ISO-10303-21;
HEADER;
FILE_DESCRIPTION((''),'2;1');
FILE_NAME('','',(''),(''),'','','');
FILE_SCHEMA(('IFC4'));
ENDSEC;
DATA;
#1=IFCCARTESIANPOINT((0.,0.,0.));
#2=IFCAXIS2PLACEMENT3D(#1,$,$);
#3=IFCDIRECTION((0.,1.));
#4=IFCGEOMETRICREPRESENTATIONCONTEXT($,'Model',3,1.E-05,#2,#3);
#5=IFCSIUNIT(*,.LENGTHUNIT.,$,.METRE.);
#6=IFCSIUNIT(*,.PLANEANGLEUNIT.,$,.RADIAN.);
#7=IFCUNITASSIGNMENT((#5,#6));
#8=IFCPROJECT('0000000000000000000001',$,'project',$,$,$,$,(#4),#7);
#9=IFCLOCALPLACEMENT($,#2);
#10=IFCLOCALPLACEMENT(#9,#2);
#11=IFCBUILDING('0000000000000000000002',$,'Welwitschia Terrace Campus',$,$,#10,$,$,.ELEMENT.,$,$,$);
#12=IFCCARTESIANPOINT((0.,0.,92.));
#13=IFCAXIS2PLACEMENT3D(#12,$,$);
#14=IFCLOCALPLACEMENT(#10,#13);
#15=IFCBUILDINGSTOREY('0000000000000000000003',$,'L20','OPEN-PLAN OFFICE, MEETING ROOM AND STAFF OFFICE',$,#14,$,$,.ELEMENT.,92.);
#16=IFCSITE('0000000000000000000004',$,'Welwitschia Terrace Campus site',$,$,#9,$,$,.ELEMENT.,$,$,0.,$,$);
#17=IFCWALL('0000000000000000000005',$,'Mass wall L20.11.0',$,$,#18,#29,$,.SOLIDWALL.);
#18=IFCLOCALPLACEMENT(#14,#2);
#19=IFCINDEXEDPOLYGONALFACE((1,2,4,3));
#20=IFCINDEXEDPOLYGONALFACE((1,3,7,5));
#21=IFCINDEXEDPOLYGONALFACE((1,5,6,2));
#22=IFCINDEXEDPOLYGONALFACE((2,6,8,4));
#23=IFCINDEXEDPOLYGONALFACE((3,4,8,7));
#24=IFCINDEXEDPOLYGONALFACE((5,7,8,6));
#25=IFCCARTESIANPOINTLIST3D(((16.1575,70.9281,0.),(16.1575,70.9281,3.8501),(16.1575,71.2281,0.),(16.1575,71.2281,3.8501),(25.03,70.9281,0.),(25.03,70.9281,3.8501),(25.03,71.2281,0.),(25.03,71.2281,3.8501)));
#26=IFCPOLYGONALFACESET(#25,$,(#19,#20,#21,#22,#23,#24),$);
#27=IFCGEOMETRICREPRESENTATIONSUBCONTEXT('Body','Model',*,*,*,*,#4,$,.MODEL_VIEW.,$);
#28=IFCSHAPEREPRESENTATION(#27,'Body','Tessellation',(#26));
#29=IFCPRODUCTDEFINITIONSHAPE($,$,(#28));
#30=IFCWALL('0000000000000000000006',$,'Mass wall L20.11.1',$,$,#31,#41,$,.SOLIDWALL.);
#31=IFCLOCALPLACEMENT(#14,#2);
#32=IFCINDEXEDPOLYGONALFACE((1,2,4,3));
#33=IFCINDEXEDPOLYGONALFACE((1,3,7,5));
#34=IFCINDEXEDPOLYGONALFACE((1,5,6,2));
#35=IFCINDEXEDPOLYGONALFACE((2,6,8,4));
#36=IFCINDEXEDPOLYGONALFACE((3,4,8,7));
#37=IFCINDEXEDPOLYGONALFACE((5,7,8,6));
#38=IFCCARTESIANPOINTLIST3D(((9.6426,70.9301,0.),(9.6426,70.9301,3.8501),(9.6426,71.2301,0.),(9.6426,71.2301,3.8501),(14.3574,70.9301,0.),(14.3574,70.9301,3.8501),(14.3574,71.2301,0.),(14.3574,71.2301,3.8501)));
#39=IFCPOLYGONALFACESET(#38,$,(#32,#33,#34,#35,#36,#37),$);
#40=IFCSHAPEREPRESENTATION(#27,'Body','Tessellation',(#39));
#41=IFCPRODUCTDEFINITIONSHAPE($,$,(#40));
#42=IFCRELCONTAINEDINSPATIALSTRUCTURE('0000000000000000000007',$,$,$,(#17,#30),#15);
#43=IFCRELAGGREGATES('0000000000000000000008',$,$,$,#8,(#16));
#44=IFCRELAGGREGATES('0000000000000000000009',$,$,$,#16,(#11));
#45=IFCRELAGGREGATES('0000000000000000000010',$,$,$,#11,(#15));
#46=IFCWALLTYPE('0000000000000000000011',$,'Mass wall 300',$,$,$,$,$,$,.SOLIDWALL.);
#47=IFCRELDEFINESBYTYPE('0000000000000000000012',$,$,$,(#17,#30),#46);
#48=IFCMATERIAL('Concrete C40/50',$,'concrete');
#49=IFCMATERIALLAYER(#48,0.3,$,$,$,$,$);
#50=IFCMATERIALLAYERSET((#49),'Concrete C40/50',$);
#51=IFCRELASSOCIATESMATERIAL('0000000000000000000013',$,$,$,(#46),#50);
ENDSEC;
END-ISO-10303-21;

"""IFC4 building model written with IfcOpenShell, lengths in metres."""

from ifc_helpers import new_model, si_unit, direction, frame, frame_2d, origin, place, context, subcontext, project, spatial, rectangle, extrude, material, layer, layer_set, type_object, element, save


model = new_model("IFC4")

# Units and contexts
model_context = context("Model", 3, precision=1e-05, world=origin(), true_north=direction((0.0, 1.0)))
body_context = subcontext(model_context, "Body", "Model", "MODEL_VIEW")
ifc_project = project(units=[si_unit("LENGTHUNIT", "METRE"), si_unit("PLANEANGLEUNIT", "RADIAN")], contexts=[model_context])

# Site, building, storey
site_placement = place(None, origin())
site = spatial("IfcSite", under=ifc_project, at=site_placement, Name="Welwitschia Terrace Campus site", CompositionType="ELEMENT", RefElevation=0.0)
building_placement = place(site_placement, origin())
building = spatial("IfcBuilding", under=site, at=building_placement, Name="Welwitschia Terrace Campus", CompositionType="ELEMENT")
storey_placement = place(building_placement, frame((0.0, 0.0, 92.0)))
storey = spatial("IfcBuildingStorey", under=building, at=storey_placement, Name="L20", Description="OPEN-PLAN OFFICE, MEETING ROOM AND STAFF OFFICE", CompositionType="ELEMENT", Elevation=92.0)

# Walls
ifc_material_1 = material(Name="Concrete C40/50", Category="concrete")
ifc_layer_1 = layer(ifc_material_1, 0.3)
ifc_layer_set_1 = layer_set([ifc_layer_1], Name="Concrete C40/50")
wall_type_1 = type_object("IfcWallType", Name="Mass wall 300", PredefinedType="SOLIDWALL", material=ifc_layer_set_1)
wall_1_placement = place(storey_placement, frame((25.03, 71.0781, 0.0), z_axis=(0.0, 0.0, 1.0), x_axis=(-1.0, 0.0, 0.0)))
element("IfcWall", 1, at=wall_1_placement, inside=storey, type_object=wall_type_1, Name="Mass wall L20.11.0", PredefinedType="SOLIDWALL", context=body_context, shape_type="SweptSolid", body=[
    extrude(rectangle(XDim=8.8726, YDim=0.3, at=frame_2d((4.4363, 0.0))), origin(), (0.0, 0.0, 1.0), 3.8501),
])
wall_2_placement = place(storey_placement, frame((14.3574, 71.0801, 0.0), z_axis=(0.0, 0.0, 1.0), x_axis=(-1.0, 0.0, 0.0)))
element("IfcWall", 2, at=wall_2_placement, inside=storey, type_object=wall_type_1, Name="Mass wall L20.11.1", PredefinedType="SOLIDWALL", context=body_context, shape_type="SweptSolid", body=[
    extrude(rectangle(XDim=4.7148, YDim=0.3, at=frame_2d((2.3574, 0.0))), origin(), (0.0, 0.0, 1.0), 3.8501),
])

save(model, "model.ifc")
